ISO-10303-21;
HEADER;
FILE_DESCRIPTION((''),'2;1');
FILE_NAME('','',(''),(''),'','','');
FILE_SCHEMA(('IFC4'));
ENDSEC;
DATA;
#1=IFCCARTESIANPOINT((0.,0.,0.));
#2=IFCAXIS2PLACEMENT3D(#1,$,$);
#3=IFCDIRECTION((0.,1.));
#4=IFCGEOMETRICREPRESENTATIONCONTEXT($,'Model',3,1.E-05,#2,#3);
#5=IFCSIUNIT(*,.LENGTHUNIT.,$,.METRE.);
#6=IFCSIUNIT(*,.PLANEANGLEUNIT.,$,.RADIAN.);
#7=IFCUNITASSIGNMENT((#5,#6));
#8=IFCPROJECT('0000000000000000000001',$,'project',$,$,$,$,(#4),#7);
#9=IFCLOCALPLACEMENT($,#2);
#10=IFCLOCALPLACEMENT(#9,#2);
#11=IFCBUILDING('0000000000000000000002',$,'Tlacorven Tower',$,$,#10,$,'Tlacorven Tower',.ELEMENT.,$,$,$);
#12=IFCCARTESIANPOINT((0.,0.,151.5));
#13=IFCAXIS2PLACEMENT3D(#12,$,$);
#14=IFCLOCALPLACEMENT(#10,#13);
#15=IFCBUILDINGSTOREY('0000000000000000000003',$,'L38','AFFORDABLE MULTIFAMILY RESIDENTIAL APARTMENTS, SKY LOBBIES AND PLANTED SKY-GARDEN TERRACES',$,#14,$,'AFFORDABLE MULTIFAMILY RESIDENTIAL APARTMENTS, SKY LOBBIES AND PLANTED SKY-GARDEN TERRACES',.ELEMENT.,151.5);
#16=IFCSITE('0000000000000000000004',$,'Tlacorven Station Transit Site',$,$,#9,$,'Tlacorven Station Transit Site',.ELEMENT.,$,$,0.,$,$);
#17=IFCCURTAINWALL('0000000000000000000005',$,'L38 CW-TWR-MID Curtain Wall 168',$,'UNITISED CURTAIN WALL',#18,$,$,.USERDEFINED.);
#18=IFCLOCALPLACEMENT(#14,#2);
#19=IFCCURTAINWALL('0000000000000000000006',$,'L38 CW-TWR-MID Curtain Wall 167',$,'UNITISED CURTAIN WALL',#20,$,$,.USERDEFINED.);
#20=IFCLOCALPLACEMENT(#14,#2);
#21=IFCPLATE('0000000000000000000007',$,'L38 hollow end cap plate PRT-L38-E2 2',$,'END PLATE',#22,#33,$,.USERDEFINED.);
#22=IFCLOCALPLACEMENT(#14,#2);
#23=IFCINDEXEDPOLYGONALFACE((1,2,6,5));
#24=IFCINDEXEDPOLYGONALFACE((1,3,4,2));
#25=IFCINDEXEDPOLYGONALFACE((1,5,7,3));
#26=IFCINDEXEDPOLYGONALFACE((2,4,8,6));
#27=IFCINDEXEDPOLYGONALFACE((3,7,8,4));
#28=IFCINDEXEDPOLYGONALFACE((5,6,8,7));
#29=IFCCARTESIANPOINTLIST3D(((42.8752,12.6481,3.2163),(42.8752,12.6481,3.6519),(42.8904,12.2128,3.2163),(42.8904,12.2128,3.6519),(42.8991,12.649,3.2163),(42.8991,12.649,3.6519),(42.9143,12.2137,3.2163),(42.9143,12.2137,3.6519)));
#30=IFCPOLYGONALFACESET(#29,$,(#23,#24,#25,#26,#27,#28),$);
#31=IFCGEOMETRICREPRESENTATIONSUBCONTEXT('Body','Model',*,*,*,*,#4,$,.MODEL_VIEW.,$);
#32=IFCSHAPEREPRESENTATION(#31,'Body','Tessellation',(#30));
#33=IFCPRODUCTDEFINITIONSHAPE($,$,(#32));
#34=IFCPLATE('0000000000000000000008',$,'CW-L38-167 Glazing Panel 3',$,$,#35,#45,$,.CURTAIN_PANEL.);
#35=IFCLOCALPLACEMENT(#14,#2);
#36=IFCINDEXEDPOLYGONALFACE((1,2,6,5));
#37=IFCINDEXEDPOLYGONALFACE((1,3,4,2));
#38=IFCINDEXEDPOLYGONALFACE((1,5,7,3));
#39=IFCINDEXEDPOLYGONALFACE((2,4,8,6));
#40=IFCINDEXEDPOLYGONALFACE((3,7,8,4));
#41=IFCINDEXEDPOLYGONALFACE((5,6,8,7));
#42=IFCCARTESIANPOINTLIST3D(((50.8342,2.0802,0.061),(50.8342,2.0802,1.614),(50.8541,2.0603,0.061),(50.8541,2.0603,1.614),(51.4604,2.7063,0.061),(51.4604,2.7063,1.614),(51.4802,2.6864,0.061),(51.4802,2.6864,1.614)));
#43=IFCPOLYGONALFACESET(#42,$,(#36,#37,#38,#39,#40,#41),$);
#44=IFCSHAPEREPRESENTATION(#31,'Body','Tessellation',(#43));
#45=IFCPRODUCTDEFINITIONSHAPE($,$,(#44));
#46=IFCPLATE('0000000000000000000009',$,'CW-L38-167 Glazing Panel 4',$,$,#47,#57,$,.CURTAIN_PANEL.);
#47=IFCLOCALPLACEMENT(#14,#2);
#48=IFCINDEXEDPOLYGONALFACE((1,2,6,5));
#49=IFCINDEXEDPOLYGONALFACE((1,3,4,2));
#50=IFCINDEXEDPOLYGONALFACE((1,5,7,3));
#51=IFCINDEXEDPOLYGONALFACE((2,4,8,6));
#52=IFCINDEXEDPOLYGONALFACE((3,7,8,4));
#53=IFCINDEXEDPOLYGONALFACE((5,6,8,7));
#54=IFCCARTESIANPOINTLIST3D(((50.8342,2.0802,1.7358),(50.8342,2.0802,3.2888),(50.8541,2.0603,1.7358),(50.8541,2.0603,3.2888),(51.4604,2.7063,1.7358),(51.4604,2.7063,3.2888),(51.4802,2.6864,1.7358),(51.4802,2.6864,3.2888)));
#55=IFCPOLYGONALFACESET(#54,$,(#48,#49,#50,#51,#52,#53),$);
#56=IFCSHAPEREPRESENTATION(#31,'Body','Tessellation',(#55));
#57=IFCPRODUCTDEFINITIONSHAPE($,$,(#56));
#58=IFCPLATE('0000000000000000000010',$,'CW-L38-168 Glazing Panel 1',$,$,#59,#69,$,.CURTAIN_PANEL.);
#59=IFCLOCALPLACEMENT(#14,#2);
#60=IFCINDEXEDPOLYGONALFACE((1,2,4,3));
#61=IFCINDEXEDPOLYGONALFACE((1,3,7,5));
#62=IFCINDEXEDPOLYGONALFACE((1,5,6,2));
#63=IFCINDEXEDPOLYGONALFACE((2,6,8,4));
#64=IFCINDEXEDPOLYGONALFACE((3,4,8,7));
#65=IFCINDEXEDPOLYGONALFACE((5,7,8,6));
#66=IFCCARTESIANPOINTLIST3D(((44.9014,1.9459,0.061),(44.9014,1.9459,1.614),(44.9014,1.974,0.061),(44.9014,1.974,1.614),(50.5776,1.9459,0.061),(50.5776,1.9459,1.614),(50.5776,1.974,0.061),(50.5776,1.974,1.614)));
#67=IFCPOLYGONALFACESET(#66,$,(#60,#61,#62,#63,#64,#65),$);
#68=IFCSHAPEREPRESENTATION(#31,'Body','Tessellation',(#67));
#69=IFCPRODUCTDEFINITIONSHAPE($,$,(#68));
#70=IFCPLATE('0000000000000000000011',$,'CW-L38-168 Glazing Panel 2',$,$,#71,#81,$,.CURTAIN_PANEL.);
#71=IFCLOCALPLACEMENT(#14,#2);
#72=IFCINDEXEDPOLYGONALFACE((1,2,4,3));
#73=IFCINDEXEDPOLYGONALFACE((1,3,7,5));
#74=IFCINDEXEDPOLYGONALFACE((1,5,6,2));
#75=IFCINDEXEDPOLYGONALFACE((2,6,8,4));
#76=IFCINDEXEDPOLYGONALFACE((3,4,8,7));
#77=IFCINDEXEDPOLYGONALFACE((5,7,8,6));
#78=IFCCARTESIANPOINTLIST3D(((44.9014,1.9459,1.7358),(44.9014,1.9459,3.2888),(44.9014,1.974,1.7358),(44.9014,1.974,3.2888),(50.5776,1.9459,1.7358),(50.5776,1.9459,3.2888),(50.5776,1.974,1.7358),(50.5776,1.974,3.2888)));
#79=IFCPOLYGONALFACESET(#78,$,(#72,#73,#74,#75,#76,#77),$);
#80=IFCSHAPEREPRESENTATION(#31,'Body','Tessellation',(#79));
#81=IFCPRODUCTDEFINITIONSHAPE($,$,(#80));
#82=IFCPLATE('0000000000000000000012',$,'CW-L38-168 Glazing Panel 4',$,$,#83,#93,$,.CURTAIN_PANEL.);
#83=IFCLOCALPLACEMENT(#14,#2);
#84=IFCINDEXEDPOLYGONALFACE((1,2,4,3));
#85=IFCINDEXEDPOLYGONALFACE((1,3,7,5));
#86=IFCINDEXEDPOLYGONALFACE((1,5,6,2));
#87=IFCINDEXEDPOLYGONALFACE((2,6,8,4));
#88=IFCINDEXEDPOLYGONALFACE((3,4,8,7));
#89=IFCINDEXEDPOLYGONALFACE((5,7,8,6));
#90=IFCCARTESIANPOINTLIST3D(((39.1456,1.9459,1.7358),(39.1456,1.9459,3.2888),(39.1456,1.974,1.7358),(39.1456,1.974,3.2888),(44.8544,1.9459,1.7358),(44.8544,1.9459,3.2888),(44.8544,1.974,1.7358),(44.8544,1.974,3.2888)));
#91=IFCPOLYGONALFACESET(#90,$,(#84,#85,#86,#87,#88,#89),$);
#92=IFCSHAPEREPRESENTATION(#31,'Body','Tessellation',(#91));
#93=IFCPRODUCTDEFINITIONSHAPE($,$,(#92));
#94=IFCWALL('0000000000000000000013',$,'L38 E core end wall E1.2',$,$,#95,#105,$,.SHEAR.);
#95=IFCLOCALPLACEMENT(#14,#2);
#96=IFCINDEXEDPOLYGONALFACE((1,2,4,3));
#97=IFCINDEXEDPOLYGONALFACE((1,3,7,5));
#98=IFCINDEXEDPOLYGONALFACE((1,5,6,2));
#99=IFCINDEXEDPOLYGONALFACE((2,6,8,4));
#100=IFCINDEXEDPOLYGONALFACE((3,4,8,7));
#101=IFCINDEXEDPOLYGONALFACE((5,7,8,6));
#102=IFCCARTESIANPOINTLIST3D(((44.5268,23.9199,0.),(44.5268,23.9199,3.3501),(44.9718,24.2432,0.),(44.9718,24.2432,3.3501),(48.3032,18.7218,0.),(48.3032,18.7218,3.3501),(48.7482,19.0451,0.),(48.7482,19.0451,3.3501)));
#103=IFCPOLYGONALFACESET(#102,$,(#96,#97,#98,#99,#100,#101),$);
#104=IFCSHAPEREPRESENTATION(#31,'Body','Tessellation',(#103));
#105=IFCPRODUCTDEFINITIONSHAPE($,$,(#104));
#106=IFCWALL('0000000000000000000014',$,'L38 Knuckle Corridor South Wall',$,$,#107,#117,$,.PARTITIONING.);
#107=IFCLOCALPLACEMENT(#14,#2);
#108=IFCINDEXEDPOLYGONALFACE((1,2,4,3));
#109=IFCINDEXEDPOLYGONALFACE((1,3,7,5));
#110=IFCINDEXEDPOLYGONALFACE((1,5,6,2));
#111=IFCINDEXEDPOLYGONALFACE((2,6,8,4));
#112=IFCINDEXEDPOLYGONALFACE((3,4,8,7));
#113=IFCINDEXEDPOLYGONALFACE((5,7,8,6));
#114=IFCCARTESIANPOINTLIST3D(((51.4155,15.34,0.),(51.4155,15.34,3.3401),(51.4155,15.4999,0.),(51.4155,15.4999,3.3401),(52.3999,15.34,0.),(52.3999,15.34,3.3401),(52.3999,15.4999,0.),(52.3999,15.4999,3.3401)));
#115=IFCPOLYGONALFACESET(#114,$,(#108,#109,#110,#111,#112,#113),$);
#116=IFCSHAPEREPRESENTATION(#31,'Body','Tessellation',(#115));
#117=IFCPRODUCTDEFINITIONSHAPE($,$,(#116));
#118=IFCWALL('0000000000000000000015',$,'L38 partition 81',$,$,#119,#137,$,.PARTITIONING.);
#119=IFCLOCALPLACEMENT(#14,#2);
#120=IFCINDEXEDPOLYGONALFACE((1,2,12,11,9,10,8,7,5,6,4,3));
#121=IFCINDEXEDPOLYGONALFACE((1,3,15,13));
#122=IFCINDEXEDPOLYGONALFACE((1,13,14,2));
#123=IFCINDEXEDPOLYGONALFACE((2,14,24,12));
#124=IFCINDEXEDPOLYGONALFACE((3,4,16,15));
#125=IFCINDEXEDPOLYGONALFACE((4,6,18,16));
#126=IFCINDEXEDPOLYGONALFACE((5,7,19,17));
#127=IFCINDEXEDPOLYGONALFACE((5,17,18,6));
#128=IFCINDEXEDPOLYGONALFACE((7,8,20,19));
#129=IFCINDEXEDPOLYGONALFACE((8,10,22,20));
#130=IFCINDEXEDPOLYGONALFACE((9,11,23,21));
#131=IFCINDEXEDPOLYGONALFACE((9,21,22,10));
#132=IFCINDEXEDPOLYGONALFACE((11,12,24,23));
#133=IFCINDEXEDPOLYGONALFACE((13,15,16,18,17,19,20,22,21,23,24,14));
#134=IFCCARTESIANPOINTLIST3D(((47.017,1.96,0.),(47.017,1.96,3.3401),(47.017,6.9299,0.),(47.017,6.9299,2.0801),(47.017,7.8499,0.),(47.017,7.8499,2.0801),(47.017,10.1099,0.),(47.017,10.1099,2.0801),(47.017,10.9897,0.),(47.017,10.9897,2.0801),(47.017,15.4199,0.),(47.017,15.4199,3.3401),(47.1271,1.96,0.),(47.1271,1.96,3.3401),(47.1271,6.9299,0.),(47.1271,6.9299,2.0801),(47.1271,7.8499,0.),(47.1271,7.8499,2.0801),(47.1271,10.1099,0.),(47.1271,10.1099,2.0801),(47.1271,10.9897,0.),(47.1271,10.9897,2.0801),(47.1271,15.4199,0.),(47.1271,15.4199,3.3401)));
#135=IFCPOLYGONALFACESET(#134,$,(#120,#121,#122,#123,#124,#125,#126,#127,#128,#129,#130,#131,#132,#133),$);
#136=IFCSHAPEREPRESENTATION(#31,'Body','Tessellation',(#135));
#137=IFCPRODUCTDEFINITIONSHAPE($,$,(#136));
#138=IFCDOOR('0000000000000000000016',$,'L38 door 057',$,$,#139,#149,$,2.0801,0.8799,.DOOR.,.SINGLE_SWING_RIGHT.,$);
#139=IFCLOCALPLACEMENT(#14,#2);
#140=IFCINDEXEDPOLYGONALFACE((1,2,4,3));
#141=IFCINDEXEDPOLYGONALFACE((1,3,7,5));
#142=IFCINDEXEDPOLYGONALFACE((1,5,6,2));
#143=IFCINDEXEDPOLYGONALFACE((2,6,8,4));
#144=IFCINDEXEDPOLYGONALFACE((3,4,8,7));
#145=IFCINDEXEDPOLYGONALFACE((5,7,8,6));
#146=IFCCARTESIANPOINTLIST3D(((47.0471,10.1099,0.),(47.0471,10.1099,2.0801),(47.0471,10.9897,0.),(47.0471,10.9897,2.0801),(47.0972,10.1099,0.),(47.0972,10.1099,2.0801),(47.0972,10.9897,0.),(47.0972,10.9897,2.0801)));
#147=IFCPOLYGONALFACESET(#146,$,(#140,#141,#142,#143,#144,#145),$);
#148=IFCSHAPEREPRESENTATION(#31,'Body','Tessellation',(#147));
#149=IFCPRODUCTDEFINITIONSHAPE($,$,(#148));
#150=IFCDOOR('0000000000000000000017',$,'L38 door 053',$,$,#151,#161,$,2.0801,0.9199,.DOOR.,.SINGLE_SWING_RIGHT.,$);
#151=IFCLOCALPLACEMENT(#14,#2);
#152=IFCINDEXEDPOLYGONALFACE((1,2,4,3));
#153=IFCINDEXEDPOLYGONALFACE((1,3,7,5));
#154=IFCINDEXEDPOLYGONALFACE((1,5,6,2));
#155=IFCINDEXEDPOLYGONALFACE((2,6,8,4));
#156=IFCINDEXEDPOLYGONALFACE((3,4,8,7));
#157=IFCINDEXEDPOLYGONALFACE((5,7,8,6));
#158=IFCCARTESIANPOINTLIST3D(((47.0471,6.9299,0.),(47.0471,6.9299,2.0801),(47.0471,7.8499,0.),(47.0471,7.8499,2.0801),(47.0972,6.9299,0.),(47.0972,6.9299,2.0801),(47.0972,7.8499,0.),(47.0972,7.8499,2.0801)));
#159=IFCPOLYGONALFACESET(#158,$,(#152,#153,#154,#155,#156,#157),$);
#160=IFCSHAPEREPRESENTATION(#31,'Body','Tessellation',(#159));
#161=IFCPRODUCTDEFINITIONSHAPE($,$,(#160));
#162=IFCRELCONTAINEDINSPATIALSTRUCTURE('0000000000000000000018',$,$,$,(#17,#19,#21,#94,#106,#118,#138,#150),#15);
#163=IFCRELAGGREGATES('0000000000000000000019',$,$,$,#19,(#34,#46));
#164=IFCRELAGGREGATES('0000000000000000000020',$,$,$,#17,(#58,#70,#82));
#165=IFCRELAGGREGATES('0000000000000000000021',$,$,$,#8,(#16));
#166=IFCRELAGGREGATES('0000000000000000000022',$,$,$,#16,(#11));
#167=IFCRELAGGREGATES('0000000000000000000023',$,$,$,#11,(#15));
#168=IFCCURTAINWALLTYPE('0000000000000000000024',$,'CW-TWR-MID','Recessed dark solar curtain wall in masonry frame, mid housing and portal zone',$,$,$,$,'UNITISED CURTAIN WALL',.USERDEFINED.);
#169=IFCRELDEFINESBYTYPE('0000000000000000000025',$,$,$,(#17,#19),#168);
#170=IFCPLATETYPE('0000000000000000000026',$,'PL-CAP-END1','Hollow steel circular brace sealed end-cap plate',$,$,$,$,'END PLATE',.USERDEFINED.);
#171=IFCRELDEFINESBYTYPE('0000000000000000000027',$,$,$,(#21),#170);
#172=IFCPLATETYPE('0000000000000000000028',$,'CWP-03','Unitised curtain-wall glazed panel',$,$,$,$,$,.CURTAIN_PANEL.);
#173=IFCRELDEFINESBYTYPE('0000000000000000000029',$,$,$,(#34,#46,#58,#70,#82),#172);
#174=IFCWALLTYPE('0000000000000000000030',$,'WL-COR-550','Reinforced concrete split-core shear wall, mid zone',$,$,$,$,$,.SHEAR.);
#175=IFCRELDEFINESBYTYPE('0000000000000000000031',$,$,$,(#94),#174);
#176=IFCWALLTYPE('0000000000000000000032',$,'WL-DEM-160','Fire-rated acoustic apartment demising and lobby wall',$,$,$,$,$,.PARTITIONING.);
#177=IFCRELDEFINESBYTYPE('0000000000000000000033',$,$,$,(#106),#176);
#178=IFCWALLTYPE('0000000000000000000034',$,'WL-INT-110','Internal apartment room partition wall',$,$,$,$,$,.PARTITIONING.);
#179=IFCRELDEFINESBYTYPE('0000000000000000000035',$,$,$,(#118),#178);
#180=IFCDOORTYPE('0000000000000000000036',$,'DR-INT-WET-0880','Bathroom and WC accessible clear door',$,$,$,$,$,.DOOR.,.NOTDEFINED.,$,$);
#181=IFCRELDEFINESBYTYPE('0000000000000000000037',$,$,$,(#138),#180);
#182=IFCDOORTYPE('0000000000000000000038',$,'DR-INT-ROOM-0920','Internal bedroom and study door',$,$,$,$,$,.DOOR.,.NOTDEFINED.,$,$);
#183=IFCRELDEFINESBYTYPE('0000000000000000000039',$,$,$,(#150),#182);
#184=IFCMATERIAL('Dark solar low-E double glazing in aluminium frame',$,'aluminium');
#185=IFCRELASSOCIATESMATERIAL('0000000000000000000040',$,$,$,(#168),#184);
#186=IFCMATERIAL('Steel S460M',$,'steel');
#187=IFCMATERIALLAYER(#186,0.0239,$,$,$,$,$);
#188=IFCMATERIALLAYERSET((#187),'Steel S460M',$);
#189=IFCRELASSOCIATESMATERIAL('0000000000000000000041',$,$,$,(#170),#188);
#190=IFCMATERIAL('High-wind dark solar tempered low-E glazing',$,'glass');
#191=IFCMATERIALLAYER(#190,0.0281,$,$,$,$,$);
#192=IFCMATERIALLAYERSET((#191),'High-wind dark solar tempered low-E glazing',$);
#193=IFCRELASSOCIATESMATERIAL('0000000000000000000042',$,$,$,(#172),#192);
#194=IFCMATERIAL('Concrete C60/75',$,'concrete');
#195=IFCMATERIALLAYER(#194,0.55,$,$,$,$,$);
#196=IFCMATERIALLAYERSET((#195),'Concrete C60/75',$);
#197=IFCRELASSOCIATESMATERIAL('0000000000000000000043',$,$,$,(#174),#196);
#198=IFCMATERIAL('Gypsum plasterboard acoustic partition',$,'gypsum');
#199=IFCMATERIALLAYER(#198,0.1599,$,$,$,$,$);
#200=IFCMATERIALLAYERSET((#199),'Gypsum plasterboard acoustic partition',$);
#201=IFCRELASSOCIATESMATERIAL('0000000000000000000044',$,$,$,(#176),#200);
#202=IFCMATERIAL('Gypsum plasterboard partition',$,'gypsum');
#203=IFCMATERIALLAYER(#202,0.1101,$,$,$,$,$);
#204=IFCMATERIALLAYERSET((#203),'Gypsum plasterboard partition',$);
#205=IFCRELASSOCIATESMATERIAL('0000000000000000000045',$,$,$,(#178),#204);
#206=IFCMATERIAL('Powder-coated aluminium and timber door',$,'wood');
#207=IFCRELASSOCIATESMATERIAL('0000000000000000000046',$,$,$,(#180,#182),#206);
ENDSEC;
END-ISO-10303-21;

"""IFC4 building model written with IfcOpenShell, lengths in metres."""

from ifc_helpers import new_model, si_unit, direction, frame, frame_2d, origin, origin_2d, place, context, subcontext, project, spatial, rectangle, extrude, source, transform, mapped, material, layer, layer_set, type_object, element, fill, aggregate, save


model = new_model("IFC4")

# Units and contexts
model_context = context("Model", 3, precision=1e-05, world=origin(), true_north=direction((0.0, 1.0)))
body_context = subcontext(model_context, "Body", "Model", "MODEL_VIEW")
ifc_project = project(units=[si_unit("LENGTHUNIT", "METRE"), si_unit("PLANEANGLEUNIT", "RADIAN")], contexts=[model_context])

# Site, building, storey
site_placement = place(None, origin())
site = spatial("IfcSite", under=ifc_project, at=site_placement, Name="Tlacorven Station Transit Site", LongName="Tlacorven Station Transit Site", CompositionType="ELEMENT", RefElevation=0.0)
building_placement = place(site_placement, origin())
building = spatial("IfcBuilding", under=site, at=building_placement, Name="Tlacorven Tower", LongName="Tlacorven Tower", CompositionType="ELEMENT")
storey_placement = place(building_placement, frame((0.0, 0.0, 151.5)))
storey = spatial("IfcBuildingStorey", under=building, at=storey_placement, Name="L38", Description="AFFORDABLE MULTIFAMILY RESIDENTIAL APARTMENTS, SKY LOBBIES AND PLANTED SKY-GARDEN TERRACES", LongName="AFFORDABLE MULTIFAMILY RESIDENTIAL APARTMENTS, SKY LOBBIES AND PLANTED SKY-GARDEN TERRACES", CompositionType="ELEMENT", Elevation=151.5)

# Shared definitions
ifc_material_1 = material(Name="Concrete C60/75", Category="concrete")

# Curtain wall
ifc_material_2 = material(Name="Dark solar low-E double glazing in aluminium frame", Category="aluminium")
curtain_wall_type = type_object("IfcCurtainWallType", Name="CW-TWR-MID", Description="Recessed dark solar curtain wall in masonry frame, mid housing and portal zone", ElementType="UNITISED CURTAIN WALL", PredefinedType="USERDEFINED", material=ifc_material_2)
curtain_wall_1_placement = place(storey_placement, origin())
curtain_wall_1 = element("IfcCurtainWall", 1, at=curtain_wall_1_placement, inside=storey, type_object=curtain_wall_type, Name="L38 CW-TWR-MID Curtain Wall 168", ObjectType="UNITISED CURTAIN WALL", PredefinedType="USERDEFINED")

# Curtain wall
curtain_wall_2_placement = place(storey_placement, origin())
curtain_wall_2 = element("IfcCurtainWall", 2, at=curtain_wall_2_placement, inside=storey, type_object=curtain_wall_type, Name="L38 CW-TWR-MID Curtain Wall 167", ObjectType="UNITISED CURTAIN WALL", PredefinedType="USERDEFINED")

# Plate
ifc_material_3 = material(Name="Steel S460M", Category="steel")
ifc_layer_1 = layer(ifc_material_3, 0.0239)
ifc_layer_set_1 = layer_set([ifc_layer_1], Name="Steel S460M")
plate_type_1 = type_object("IfcPlateType", Name="PL-CAP-END1", Description="Hollow steel circular brace sealed end-cap plate", ElementType="END PLATE", PredefinedType="USERDEFINED", material=ifc_layer_set_1)
shared_shape_1 = source(origin(), body_context, "Body", "SweptSolid", [
    extrude(rectangle(XDim=0.0239, YDim=0.4355, at=origin_2d()), origin(), (0.0, 0.0, 1.0), 0.4355),
])
for number, where, z_axis, x_axis, name in (
    (3, (42.8948, 12.4309, 3.2163), (0.0, 0.0, 1.0), (-0.999391, -0.034899, 0.0), "L38 hollow end cap plate PRT-L38-E2 2"),
):
    element("IfcPlate", number, at=place(storey_placement, frame(where, z_axis=z_axis, x_axis=x_axis)), inside=storey, type_object=plate_type_1, Name=name, ObjectType="END PLATE", PredefinedType="USERDEFINED", context=body_context, shape_type="MappedRepresentation", body=[
        mapped(shared_shape_1, transform((0.0, 0.0, 0.0), scale=1.0)),
    ])

# Plates
ifc_material_4 = material(Name="High-wind dark solar tempered low-E glazing", Category="glass")
ifc_layer_2 = layer(ifc_material_4, 0.0281)
ifc_layer_set_2 = layer_set([ifc_layer_2], Name="High-wind dark solar tempered low-E glazing")
plate_type_2 = type_object("IfcPlateType", Name="CWP-03", Description="Unitised curtain-wall glazed panel", PredefinedType="CURTAIN_PANEL", material=ifc_layer_set_2)
shared_shape_2 = source(origin(), body_context, "Body", "SweptSolid", [
    extrude(rectangle(XDim=0.8855, YDim=0.0281, at=origin_2d()), origin(), (0.0, 0.0, 1.0), 1.553),
])
plate_1_placement = place(storey_placement, frame((51.1572, 2.3833, 0.061), z_axis=(0.0, 0.0, 1.0), x_axis=(-0.707107, -0.707107, 0.0)))
plate_1 = element("IfcPlate", 4, at=plate_1_placement, type_object=plate_type_2, Name="CW-L38-167 Glazing Panel 3", PredefinedType="CURTAIN_PANEL", context=body_context, shape_type="MappedRepresentation", body=[
    mapped(shared_shape_2, transform((0.0, 0.0, 0.0), scale=1.0)),
])
plate_2_placement = place(storey_placement, frame((51.1572, 2.3833, 1.7358), z_axis=(0.0, 0.0, 1.0), x_axis=(-0.707107, -0.707107, 0.0)))
plate_2 = element("IfcPlate", 5, at=plate_2_placement, type_object=plate_type_2, Name="CW-L38-167 Glazing Panel 4", PredefinedType="CURTAIN_PANEL", context=body_context, shape_type="MappedRepresentation", body=[
    mapped(shared_shape_2, transform((0.0, 0.0, 0.0), scale=1.0)),
])
aggregate(curtain_wall_2, [plate_1, plate_2])
shared_shape_3 = source(origin(), body_context, "Body", "SweptSolid", [
    extrude(rectangle(XDim=5.6763, YDim=0.0281, at=origin_2d()), origin(), (0.0, 0.0, 1.0), 1.553),
])
plate_3_placement = place(storey_placement, frame((47.7395, 1.96, 0.061), z_axis=(0.0, 0.0, 1.0), x_axis=(-1.0, 0.0, 0.0)))
plate_3 = element("IfcPlate", 6, at=plate_3_placement, type_object=plate_type_2, Name="CW-L38-168 Glazing Panel 1", PredefinedType="CURTAIN_PANEL", context=body_context, shape_type="MappedRepresentation", body=[
    mapped(shared_shape_3, transform((0.0, 0.0, 0.0), scale=1.0)),
])
plate_4_placement = place(storey_placement, frame((47.7395, 1.96, 1.7358), z_axis=(0.0, 0.0, 1.0), x_axis=(-1.0, 0.0, 0.0)))
plate_4 = element("IfcPlate", 7, at=plate_4_placement, type_object=plate_type_2, Name="CW-L38-168 Glazing Panel 2", PredefinedType="CURTAIN_PANEL", context=body_context, shape_type="MappedRepresentation", body=[
    mapped(shared_shape_3, transform((0.0, 0.0, 0.0), scale=1.0)),
])
shared_shape_4 = source(origin(), body_context, "Body", "SweptSolid", [
    extrude(rectangle(XDim=5.7087, YDim=0.0281, at=origin_2d()), origin(), (0.0, 0.0, 1.0), 1.553),
])
plate_5_placement = place(storey_placement, frame((42.0, 1.96, 1.7358), z_axis=(0.0, 0.0, 1.0), x_axis=(-1.0, 0.0, 0.0)))
plate_5 = element("IfcPlate", 8, at=plate_5_placement, type_object=plate_type_2, Name="CW-L38-168 Glazing Panel 4", PredefinedType="CURTAIN_PANEL", context=body_context, shape_type="MappedRepresentation", body=[
    mapped(shared_shape_4, transform((0.0, 0.0, 0.0), scale=1.0)),
])
aggregate(curtain_wall_1, [plate_3, plate_4, plate_5])

# Walls
ifc_layer_3 = layer(ifc_material_1, 0.55)
ifc_layer_set_3 = layer_set([ifc_layer_3], Name="Concrete C60/75")
wall_type_1 = type_object("IfcWallType", Name="WL-COR-550", Description="Reinforced concrete split-core shear wall, mid zone", PredefinedType="SHEAR", material=ifc_layer_set_3)
wall_1_placement = place(storey_placement, frame((48.5256, 18.8835, 0.0), z_axis=(0.0, 0.0, 1.0), x_axis=(-0.587765, 0.809032, 0.0)))
element("IfcWall", 9, at=wall_1_placement, inside=storey, type_object=wall_type_1, Name="L38 E core end wall E1.2", PredefinedType="SHEAR", context=body_context, shape_type="SweptSolid", body=[
    extrude(rectangle(XDim=6.425, YDim=0.55, at=frame_2d((3.2124, 0.0))), origin(), (0.0, 0.0, 1.0), 3.3501),
])
ifc_material_5 = material(Name="Gypsum plasterboard acoustic partition", Category="gypsum")
ifc_layer_4 = layer(ifc_material_5, 0.1599)
ifc_layer_set_4 = layer_set([ifc_layer_4], Name="Gypsum plasterboard acoustic partition")
wall_type_2 = type_object("IfcWallType", Name="WL-DEM-160", Description="Fire-rated acoustic apartment demising and lobby wall", PredefinedType="PARTITIONING", material=ifc_layer_set_4)
wall_2_placement = place(storey_placement, frame((51.4155, 15.4199, 0.0), z_axis=(0.0, 0.0, 1.0), x_axis=(1.0, 0.0, 0.0)))
element("IfcWall", 10, at=wall_2_placement, inside=storey, type_object=wall_type_2, Name="L38 Knuckle Corridor South Wall", PredefinedType="PARTITIONING", context=body_context, shape_type="SweptSolid", body=[
    extrude(rectangle(XDim=0.9844, YDim=0.1599, at=frame_2d((0.4922, 0.0))), origin(), (0.0, 0.0, 1.0), 3.3401),
])

# Wall, openings, doors
ifc_material_6 = material(Name="Gypsum plasterboard partition", Category="gypsum")
ifc_layer_5 = layer(ifc_material_6, 0.1101)
ifc_layer_set_5 = layer_set([ifc_layer_5], Name="Gypsum plasterboard partition")
wall_type_3 = type_object("IfcWallType", Name="WL-INT-110", Description="Internal apartment room partition wall", PredefinedType="PARTITIONING", material=ifc_layer_set_5)
wall_3_placement = place(storey_placement, frame((47.072, 1.96, 0.0), z_axis=(0.0, 0.0, 1.0), x_axis=(0.0, 1.0, 0.0)))
wall_3 = element("IfcWall", 11, at=wall_3_placement, inside=storey, type_object=wall_type_3, Name="L38 partition 81", PredefinedType="PARTITIONING", context=body_context, shape_type="SweptSolid", body=[
    extrude(rectangle(XDim=13.46, YDim=0.1101, at=frame_2d((6.73, 0.0))), origin(), (0.0, 0.0, 1.0), 3.3401),
])
opening_1_placement = place(wall_3_placement, frame((4.97, 0.0, 0.0)))
opening_1 = element("IfcOpeningElement", 12, at=opening_1_placement, cuts=wall_3, PredefinedType="OPENING", context=body_context, shape_type="SweptSolid", body=[
    extrude(rectangle(XDim=0.9199, YDim=2.0801, at=frame_2d((0.46, 1.04))), frame((0.0, 0.0649, 0.0), z_axis=(0.0, -1.0, 0.0), x_axis=(1.0, 0.0, 0.0)), (0.0, 0.0, 1.0), 0.1301),
])
opening_2_placement = place(wall_3_placement, frame((8.1499, 0.0, 0.0)))
opening_2 = element("IfcOpeningElement", 13, at=opening_2_placement, cuts=wall_3, PredefinedType="OPENING", context=body_context, shape_type="SweptSolid", body=[
    extrude(rectangle(XDim=0.8799, YDim=2.0801, at=frame_2d((0.4399, 1.04))), frame((0.0, 0.0649, 0.0), z_axis=(0.0, -1.0, 0.0), x_axis=(1.0, 0.0, 0.0)), (0.0, 0.0, 1.0), 0.1301),
])
ifc_material_7 = material(Name="Powder-coated aluminium and timber door", Category="wood")
door_type_1 = type_object("IfcDoorType", Name="DR-INT-WET-0880", Description="Bathroom and WC accessible clear door", OperationType="NOTDEFINED", PredefinedType="DOOR", material=ifc_material_7)
shared_shape_5 = source(origin(), body_context, "Body", "SweptSolid", [
    extrude(rectangle(XDim=0.8799, YDim=2.0801, at=frame_2d((0.4399, 1.04))), frame((0.0, 0.0249, 0.0), z_axis=(0.0, -1.0, 0.0), x_axis=(1.0, 0.0, 0.0)), (0.0, 0.0, 1.0), 0.05),
])
door_1_placement = place(opening_2_placement, origin())
door_1 = element("IfcDoor", 14, at=door_1_placement, inside=storey, type_object=door_type_1, Name="L38 door 057", OperationType="SINGLE_SWING_RIGHT", OverallHeight=2.0801, OverallWidth=0.8799, PredefinedType="DOOR", context=body_context, shape_type="MappedRepresentation", body=[
    mapped(shared_shape_5, transform((0.0, 0.0, 0.0), scale=1.0)),
])
fill(opening_2, door_1)
door_type_2 = type_object("IfcDoorType", Name="DR-INT-ROOM-0920", Description="Internal bedroom and study door", OperationType="NOTDEFINED", PredefinedType="DOOR", material=ifc_material_7)
shared_shape_6 = source(origin(), body_context, "Body", "SweptSolid", [
    extrude(rectangle(XDim=0.9199, YDim=2.0801, at=frame_2d((0.46, 1.04))), frame((0.0, 0.0249, 0.0), z_axis=(0.0, -1.0, 0.0), x_axis=(1.0, 0.0, 0.0)), (0.0, 0.0, 1.0), 0.05),
])
door_2_placement = place(opening_1_placement, origin())
door_2 = element("IfcDoor", 15, at=door_2_placement, inside=storey, type_object=door_type_2, Name="L38 door 053", OperationType="SINGLE_SWING_RIGHT", OverallHeight=2.0801, OverallWidth=0.9199, PredefinedType="DOOR", context=body_context, shape_type="MappedRepresentation", body=[
    mapped(shared_shape_6, transform((0.0, 0.0, 0.0), scale=1.0)),
])
fill(opening_1, door_2)

save(model, "model.ifc")
